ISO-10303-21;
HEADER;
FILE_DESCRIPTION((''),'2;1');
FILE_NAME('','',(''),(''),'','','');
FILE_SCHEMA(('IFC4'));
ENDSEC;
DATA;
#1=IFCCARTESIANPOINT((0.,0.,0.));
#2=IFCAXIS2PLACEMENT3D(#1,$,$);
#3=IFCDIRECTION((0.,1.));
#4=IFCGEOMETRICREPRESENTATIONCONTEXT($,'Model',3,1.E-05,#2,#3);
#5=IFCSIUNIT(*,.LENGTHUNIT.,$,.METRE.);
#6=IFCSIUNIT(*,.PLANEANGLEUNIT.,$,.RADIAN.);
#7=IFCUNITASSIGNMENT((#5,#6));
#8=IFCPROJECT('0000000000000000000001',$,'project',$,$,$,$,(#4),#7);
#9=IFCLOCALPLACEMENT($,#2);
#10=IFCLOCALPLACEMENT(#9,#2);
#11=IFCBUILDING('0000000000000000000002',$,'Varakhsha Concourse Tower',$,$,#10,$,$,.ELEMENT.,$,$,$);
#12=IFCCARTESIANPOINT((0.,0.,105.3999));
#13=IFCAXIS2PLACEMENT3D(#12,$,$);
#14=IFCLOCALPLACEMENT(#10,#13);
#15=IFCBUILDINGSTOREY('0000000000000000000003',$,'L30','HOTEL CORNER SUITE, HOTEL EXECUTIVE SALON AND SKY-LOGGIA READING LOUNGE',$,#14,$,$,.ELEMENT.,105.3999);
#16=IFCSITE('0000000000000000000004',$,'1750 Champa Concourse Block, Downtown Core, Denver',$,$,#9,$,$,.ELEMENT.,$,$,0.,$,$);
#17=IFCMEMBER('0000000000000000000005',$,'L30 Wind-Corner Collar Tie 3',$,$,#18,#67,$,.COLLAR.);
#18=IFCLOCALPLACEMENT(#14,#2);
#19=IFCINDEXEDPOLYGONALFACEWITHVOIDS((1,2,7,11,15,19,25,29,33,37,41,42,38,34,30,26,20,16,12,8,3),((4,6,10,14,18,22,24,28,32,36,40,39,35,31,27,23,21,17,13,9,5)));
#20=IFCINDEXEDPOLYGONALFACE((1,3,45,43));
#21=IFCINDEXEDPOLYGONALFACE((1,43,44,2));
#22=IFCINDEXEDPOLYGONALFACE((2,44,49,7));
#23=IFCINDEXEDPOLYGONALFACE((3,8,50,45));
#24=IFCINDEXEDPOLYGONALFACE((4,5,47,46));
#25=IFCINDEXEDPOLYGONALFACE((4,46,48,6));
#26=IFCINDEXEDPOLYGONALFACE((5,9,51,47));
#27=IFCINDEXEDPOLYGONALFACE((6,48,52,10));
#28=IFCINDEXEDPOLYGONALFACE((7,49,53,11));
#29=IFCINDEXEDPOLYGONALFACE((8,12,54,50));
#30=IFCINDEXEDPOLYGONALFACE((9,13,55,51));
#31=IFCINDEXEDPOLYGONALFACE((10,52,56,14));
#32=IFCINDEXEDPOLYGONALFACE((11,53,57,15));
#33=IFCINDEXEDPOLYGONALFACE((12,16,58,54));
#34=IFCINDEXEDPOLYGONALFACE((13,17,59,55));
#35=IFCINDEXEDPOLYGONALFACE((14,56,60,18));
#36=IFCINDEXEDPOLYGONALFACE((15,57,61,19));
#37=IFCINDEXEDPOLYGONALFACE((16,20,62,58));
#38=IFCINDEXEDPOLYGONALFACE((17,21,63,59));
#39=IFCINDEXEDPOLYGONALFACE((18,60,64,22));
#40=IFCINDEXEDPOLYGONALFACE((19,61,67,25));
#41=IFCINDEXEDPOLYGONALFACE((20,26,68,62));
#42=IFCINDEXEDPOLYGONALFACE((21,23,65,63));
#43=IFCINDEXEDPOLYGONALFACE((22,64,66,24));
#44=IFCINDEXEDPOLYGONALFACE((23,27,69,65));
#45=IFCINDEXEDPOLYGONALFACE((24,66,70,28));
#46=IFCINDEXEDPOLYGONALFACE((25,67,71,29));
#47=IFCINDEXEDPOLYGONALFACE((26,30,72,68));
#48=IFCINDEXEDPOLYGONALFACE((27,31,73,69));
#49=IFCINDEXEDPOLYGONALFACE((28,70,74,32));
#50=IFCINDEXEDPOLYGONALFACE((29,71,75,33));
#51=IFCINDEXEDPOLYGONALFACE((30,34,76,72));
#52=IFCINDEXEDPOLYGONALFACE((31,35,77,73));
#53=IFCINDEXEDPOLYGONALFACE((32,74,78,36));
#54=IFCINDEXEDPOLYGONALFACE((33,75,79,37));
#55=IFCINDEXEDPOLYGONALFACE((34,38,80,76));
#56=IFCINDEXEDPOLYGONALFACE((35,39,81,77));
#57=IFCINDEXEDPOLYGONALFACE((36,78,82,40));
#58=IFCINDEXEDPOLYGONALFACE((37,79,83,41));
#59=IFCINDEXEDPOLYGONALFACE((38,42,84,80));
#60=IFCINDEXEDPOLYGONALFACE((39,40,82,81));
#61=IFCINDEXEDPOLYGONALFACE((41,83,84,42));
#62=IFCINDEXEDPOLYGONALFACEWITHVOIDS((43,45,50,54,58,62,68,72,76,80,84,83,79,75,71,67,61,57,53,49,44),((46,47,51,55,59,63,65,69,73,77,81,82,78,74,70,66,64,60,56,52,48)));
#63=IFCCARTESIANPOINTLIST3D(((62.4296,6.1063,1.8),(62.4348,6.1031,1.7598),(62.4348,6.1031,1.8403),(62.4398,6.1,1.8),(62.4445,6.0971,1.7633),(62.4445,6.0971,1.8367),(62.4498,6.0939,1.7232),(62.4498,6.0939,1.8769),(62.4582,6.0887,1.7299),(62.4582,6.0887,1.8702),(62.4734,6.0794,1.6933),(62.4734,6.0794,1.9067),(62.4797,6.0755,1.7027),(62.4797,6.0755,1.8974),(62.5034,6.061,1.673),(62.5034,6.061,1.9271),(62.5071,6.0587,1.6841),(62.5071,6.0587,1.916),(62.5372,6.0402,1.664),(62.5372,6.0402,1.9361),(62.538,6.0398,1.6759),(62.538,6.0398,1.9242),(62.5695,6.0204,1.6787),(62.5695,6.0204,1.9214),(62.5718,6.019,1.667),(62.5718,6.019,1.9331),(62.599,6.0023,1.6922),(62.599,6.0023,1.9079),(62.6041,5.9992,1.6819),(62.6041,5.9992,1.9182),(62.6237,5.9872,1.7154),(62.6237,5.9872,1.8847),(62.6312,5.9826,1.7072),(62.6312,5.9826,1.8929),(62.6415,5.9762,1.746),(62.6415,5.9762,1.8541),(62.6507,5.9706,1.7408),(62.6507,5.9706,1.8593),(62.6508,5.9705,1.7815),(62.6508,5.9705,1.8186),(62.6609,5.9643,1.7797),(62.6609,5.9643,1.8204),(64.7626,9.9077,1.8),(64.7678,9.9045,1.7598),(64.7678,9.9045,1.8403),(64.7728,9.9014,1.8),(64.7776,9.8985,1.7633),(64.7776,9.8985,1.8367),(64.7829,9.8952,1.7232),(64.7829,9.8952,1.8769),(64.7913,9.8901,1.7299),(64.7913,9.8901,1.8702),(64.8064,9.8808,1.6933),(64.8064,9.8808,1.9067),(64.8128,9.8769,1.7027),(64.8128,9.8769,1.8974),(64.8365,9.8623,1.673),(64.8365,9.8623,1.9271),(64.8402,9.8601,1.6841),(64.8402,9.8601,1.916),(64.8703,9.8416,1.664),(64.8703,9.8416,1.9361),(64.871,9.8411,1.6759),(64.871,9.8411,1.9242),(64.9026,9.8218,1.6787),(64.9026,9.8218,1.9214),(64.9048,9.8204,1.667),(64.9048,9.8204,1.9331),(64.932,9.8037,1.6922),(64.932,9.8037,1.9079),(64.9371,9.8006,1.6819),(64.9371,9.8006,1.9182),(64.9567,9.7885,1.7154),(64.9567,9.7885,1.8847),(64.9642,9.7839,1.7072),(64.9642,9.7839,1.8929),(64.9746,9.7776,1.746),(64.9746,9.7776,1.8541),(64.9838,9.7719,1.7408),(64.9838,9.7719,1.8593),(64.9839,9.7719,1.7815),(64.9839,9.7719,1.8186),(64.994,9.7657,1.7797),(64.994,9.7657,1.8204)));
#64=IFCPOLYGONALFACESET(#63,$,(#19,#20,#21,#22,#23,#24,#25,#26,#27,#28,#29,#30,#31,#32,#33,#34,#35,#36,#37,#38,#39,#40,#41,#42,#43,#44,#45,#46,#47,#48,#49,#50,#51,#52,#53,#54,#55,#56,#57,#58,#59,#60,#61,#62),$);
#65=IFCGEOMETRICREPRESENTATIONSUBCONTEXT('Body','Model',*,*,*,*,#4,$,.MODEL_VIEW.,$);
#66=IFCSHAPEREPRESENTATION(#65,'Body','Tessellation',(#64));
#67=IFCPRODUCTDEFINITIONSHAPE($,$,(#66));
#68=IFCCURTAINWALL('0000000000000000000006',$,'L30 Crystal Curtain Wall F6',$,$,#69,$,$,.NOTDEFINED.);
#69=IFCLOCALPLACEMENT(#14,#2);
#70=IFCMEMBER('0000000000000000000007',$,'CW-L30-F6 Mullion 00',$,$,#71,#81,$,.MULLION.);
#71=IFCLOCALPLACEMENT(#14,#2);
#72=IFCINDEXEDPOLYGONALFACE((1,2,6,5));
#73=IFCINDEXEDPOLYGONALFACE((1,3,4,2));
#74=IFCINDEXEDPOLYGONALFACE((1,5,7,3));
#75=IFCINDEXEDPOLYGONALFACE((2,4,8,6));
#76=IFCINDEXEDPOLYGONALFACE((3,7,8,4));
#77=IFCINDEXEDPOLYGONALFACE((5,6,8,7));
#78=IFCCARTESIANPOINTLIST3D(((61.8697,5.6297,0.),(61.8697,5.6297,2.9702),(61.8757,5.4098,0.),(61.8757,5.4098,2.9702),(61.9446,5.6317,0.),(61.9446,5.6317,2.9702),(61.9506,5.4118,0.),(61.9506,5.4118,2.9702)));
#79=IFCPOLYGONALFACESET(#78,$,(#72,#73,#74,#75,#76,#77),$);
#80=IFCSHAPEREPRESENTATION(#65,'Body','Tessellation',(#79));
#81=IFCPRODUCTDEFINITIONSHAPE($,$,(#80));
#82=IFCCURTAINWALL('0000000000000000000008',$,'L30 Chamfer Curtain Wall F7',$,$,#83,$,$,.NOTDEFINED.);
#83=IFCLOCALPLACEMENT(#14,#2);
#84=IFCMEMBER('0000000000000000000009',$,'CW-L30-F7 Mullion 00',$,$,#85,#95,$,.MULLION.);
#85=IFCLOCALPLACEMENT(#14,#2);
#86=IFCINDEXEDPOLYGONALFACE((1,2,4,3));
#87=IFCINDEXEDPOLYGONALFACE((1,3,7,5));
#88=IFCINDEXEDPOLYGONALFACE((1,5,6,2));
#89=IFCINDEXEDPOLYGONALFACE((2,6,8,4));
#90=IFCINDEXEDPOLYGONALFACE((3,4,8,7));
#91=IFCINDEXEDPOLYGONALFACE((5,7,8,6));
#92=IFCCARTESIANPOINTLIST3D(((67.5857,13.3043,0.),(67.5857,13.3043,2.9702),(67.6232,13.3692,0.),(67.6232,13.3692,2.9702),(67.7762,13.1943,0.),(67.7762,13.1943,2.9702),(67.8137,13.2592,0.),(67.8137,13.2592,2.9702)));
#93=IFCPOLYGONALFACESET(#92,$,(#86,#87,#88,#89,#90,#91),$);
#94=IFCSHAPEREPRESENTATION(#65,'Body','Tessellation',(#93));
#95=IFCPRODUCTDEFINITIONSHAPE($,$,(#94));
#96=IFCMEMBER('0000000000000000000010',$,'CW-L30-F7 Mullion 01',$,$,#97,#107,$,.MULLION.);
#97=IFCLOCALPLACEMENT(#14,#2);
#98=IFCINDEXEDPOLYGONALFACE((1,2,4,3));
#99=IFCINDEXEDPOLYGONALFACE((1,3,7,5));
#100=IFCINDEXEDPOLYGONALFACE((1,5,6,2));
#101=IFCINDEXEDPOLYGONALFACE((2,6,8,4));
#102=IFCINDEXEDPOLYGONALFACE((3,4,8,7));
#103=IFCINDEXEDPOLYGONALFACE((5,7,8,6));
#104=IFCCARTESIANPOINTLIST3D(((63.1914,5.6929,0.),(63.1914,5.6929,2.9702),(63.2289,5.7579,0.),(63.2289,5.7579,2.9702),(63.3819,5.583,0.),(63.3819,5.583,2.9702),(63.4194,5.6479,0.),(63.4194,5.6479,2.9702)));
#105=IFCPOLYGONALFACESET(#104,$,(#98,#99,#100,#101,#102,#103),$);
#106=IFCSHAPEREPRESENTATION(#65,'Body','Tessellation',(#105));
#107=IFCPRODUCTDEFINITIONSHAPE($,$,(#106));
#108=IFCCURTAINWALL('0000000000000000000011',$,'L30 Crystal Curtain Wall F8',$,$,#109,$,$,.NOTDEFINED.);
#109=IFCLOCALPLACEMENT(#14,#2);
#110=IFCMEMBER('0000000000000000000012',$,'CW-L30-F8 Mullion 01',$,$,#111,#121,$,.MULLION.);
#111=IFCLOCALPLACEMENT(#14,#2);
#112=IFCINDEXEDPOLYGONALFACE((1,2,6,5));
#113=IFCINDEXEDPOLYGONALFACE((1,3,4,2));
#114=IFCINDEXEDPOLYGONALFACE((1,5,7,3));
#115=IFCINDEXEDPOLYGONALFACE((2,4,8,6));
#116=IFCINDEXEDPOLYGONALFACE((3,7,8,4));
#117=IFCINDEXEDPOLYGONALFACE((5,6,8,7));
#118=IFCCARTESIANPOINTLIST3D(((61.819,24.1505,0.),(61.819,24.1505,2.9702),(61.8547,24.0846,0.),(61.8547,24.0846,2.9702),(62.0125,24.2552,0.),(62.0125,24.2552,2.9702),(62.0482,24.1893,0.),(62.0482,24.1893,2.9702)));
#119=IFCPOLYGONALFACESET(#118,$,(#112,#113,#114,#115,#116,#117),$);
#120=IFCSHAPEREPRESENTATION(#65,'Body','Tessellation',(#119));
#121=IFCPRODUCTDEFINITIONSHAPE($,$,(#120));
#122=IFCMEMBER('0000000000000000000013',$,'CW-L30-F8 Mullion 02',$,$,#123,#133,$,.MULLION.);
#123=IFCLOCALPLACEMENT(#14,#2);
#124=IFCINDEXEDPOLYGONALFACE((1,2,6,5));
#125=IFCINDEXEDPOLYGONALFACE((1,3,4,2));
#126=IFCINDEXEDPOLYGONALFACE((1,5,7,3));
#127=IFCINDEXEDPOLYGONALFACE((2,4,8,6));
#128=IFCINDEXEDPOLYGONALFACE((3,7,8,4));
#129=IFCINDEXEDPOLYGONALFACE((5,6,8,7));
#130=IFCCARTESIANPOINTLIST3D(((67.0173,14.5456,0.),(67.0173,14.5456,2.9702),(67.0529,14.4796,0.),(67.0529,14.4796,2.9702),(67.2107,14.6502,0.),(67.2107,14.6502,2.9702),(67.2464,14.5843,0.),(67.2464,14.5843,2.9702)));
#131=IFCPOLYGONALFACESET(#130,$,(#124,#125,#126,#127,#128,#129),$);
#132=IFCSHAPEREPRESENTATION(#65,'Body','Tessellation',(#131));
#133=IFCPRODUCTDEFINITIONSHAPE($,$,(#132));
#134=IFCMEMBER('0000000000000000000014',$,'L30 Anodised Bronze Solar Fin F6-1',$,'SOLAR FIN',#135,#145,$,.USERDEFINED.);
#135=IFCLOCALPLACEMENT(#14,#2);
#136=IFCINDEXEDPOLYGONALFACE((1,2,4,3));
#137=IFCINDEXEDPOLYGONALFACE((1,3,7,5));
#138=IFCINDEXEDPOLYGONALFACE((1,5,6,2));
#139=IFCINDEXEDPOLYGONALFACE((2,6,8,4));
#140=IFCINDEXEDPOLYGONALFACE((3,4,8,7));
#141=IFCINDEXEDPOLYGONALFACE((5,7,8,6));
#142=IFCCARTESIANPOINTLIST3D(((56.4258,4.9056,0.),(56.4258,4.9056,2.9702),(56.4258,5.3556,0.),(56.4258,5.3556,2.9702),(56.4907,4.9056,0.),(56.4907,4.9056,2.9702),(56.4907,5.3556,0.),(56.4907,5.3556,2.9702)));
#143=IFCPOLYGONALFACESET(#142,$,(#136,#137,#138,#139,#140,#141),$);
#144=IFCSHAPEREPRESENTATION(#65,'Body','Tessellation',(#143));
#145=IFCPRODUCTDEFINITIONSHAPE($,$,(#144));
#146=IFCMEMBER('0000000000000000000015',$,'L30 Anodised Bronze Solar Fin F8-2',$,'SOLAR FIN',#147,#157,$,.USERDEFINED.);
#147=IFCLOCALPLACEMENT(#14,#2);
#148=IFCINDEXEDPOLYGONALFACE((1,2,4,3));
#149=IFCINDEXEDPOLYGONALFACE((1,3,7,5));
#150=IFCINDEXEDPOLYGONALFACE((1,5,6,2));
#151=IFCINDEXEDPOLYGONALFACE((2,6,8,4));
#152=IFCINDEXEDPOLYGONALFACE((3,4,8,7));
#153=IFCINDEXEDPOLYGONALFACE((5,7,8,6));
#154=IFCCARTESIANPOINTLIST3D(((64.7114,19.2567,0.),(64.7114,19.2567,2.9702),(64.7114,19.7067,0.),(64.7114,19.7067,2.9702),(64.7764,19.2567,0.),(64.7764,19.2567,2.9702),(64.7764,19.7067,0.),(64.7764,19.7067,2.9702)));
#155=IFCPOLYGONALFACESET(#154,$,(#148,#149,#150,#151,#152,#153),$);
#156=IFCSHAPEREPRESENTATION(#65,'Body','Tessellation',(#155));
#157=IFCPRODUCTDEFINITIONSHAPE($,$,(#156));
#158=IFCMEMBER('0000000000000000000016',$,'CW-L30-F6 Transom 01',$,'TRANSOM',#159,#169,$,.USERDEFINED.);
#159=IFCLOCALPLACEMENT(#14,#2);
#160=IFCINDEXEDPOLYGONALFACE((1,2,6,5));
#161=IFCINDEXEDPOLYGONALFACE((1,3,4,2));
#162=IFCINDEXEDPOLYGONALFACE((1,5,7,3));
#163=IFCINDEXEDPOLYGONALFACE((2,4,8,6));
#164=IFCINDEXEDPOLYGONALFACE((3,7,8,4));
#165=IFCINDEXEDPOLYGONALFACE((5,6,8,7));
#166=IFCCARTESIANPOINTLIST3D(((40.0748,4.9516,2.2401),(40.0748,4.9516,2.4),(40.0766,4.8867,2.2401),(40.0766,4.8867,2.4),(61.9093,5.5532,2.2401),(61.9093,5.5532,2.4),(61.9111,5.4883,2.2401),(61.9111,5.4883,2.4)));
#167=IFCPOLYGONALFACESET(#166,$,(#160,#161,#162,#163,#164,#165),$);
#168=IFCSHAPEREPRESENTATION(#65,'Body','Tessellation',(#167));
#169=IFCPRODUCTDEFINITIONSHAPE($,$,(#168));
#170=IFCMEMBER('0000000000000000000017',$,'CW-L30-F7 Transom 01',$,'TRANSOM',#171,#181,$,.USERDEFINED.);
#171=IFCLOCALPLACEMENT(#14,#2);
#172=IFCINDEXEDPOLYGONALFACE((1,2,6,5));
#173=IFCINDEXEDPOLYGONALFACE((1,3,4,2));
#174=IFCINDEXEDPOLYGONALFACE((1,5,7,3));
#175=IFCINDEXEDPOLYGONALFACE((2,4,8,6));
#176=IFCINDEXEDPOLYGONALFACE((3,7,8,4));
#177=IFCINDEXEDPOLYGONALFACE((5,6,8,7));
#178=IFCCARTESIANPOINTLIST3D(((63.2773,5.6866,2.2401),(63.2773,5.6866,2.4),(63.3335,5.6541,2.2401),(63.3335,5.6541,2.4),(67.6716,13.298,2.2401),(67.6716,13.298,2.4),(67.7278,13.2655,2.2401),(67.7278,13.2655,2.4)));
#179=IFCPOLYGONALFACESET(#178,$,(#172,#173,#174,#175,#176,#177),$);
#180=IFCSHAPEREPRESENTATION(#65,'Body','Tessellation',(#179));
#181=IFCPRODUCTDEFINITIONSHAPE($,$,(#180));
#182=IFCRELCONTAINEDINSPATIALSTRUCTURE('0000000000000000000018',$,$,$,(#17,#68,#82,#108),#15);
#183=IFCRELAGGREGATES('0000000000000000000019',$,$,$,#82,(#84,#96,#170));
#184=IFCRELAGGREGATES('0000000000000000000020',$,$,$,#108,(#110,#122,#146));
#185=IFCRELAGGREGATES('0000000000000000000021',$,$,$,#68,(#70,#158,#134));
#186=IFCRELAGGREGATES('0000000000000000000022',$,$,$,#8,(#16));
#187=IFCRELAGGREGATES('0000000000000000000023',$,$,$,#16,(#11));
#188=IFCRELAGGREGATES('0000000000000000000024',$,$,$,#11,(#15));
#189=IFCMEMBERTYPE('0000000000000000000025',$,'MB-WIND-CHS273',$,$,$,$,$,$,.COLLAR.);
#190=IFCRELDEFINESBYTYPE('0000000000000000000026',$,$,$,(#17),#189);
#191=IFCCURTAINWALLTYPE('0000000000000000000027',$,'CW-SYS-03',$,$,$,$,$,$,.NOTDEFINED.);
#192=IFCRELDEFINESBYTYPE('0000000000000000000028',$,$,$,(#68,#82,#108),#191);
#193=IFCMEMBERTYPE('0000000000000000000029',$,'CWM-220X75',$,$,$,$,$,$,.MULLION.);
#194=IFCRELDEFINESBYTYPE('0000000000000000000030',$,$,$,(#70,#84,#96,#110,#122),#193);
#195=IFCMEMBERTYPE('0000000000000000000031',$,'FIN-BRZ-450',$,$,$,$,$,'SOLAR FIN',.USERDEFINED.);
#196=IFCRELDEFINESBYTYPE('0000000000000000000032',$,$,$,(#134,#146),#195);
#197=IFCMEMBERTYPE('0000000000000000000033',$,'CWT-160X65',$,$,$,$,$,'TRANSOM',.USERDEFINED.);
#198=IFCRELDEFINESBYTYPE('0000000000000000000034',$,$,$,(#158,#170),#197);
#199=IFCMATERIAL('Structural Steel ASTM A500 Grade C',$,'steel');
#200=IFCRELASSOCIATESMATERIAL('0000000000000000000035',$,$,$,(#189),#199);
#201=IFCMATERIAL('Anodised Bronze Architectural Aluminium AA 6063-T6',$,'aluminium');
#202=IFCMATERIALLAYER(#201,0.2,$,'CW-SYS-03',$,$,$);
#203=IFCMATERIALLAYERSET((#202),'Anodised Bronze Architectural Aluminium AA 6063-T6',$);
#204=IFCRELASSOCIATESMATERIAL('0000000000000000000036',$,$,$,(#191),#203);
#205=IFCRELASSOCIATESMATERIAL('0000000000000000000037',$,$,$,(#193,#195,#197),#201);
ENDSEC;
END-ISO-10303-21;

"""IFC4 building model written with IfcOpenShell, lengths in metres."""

from ifc_helpers import new_model, si_unit, direction, frame, origin, origin_2d, place, context, subcontext, project, spatial, rectangle, hollow_circle, extrude, source, transform, mapped, material, layer, layer_set, material_profile, profile_set, type_object, type_shapes, element, aggregate, save


model = new_model("IFC4")

# Units and contexts
model_context = context("Model", 3, precision=1e-05, world=origin(), true_north=direction((0.0, 1.0)))
body_context = subcontext(model_context, "Body", "Model", "MODEL_VIEW")
ifc_project = project(units=[si_unit("LENGTHUNIT", "METRE"), si_unit("PLANEANGLEUNIT", "RADIAN")], contexts=[model_context])

# Site, building, storey
site_placement = place(None, origin())
site = spatial("IfcSite", under=ifc_project, at=site_placement, Name="1750 Champa Concourse Block, Downtown Core, Denver", CompositionType="ELEMENT", RefElevation=0.0)
building_placement = place(site_placement, origin())
building = spatial("IfcBuilding", under=site, at=building_placement, Name="Varakhsha Concourse Tower", CompositionType="ELEMENT")
storey_placement = place(building_placement, frame((0.0, 0.0, 105.3999)))
storey = spatial("IfcBuildingStorey", under=building, at=storey_placement, Name="L30", Description="HOTEL CORNER SUITE, HOTEL EXECUTIVE SALON AND SKY-LOGGIA READING LOUNGE", CompositionType="ELEMENT", Elevation=105.3999)

# Member
ifc_material_1 = material(Name="Structural Steel ASTM A500 Grade C", Category="steel")
ifc_material_profile_1 = material_profile(ifc_material_1, hollow_circle(Radius=0.1365, WallThickness=0.012, at=origin_2d()), Name="CHS 273x12")
ifc_profile_set_1 = profile_set([ifc_material_profile_1], Name="Structural Steel ASTM A500 Grade C")
member_type_1 = type_object("IfcMemberType", Name="MB-WIND-CHS273", PredefinedType="COLLAR", material=ifc_profile_set_1)
shared_shape_1 = source(origin(), body_context, "Body", "SweptSolid", [
    extrude(hollow_circle(Radius=0.1365, WallThickness=0.012, at=origin_2d()), origin(), (0.0, 0.0, 1.0), 4.4602),
])
type_shapes(member_type_1, [shared_shape_1])
member_1_placement = place(storey_placement, frame((62.5459, 6.0349, 1.8), z_axis=(0.523083, 0.852282, 0.0), x_axis=(-0.852282, 0.523083, 0.0)))
element("IfcMember", 1, at=member_1_placement, inside=storey, type_object=member_type_1, Name="L30 Wind-Corner Collar Tie 3", PredefinedType="COLLAR", context=body_context, shape_type="MappedRepresentation", body=[
    mapped(shared_shape_1, transform((0.0, 0.0, 0.0), scale=1.0)),
])

# Curtain wall, member
ifc_material_2 = material(Name="Anodised Bronze Architectural Aluminium AA 6063-T6", Category="aluminium")
ifc_layer_1 = layer(ifc_material_2, 0.2, Name="CW-SYS-03")
ifc_layer_set_1 = layer_set([ifc_layer_1], Name="Anodised Bronze Architectural Aluminium AA 6063-T6")
curtain_wall_type = type_object("IfcCurtainWallType", Name="CW-SYS-03", PredefinedType="NOTDEFINED", material=ifc_layer_set_1)
curtain_wall_1_placement = place(storey_placement, origin())
curtain_wall_1 = element("IfcCurtainWall", 2, at=curtain_wall_1_placement, inside=storey, type_object=curtain_wall_type, Name="L30 Crystal Curtain Wall F6", PredefinedType="NOTDEFINED")
ifc_material_profile_2 = material_profile(ifc_material_2, rectangle(XDim=0.075, YDim=0.22, at=origin_2d()), Name="CWM-220X75")
ifc_profile_set_2 = profile_set([ifc_material_profile_2], Name="Anodised Bronze Architectural Aluminium AA 6063-T6")
member_type_2 = type_object("IfcMemberType", Name="CWM-220X75", PredefinedType="MULLION", material=ifc_profile_set_2)
shared_shape_2 = source(origin(), body_context, "Body", "SweptSolid", [
    extrude(rectangle(XDim=0.075, YDim=0.22, at=origin_2d()), origin(), (0.0, 0.0, 1.0), 2.9702),
])
type_shapes(member_type_2, [shared_shape_2])
member_2_placement = place(storey_placement, frame((61.9102, 5.5208, 0.0), z_axis=(0.0, 0.0, 1.0), x_axis=(-0.999621, -0.027547, 0.0)))
member_2 = element("IfcMember", 3, at=member_2_placement, type_object=member_type_2, Name="CW-L30-F6 Mullion 00", PredefinedType="MULLION", context=body_context, shape_type="MappedRepresentation", body=[
    mapped(shared_shape_2, transform((0.0, 0.0, 0.0), scale=1.0)),
])

# Curtain walls, members
curtain_wall_2_placement = place(storey_placement, origin())
curtain_wall_2 = element("IfcCurtainWall", 4, at=curtain_wall_2_placement, inside=storey, type_object=curtain_wall_type, Name="L30 Chamfer Curtain Wall F7", PredefinedType="NOTDEFINED")
member_3_placement = place(storey_placement, frame((67.6997, 13.2817, 0.0), z_axis=(0.0, 0.0, 1.0), x_axis=(-0.499997, -0.866027, 0.0)))
member_3 = element("IfcMember", 5, at=member_3_placement, type_object=member_type_2, Name="CW-L30-F7 Mullion 00", PredefinedType="MULLION", context=body_context, shape_type="MappedRepresentation", body=[
    mapped(shared_shape_2, transform((0.0, 0.0, 0.0), scale=1.0)),
])
member_4_placement = place(storey_placement, frame((63.3054, 5.6704, 0.0), z_axis=(0.0, 0.0, 1.0), x_axis=(-0.499997, -0.866027, 0.0)))
member_4 = element("IfcMember", 6, at=member_4_placement, type_object=member_type_2, Name="CW-L30-F7 Mullion 01", PredefinedType="MULLION", context=body_context, shape_type="MappedRepresentation", body=[
    mapped(shared_shape_2, transform((0.0, 0.0, 0.0), scale=1.0)),
])
curtain_wall_3_placement = place(storey_placement, origin())
curtain_wall_3 = element("IfcCurtainWall", 7, at=curtain_wall_3_placement, inside=storey, type_object=curtain_wall_type, Name="L30 Crystal Curtain Wall F8", PredefinedType="NOTDEFINED")
member_5_placement = place(storey_placement, frame((61.9336, 24.1699, 0.0), z_axis=(0.0, 0.0, 1.0), x_axis=(0.475959, -0.879468, 0.0)))
member_5 = element("IfcMember", 8, at=member_5_placement, type_object=member_type_2, Name="CW-L30-F8 Mullion 01", PredefinedType="MULLION", context=body_context, shape_type="MappedRepresentation", body=[
    mapped(shared_shape_2, transform((0.0, 0.0, 0.0), scale=1.0)),
])
member_6_placement = place(storey_placement, frame((67.1318, 14.5649, 0.0), z_axis=(0.0, 0.0, 1.0), x_axis=(0.475959, -0.879468, 0.0)))
member_6 = element("IfcMember", 9, at=member_6_placement, type_object=member_type_2, Name="CW-L30-F8 Mullion 02", PredefinedType="MULLION", context=body_context, shape_type="MappedRepresentation", body=[
    mapped(shared_shape_2, transform((0.0, 0.0, 0.0), scale=1.0)),
])

# Members
ifc_material_profile_3 = material_profile(ifc_material_2, rectangle(XDim=0.0649, YDim=0.45, at=origin_2d()), Name="FIN-BRZ-450")
ifc_profile_set_3 = profile_set([ifc_material_profile_3], Name="Anodised Bronze Architectural Aluminium AA 6063-T6")
member_type_3 = type_object("IfcMemberType", Name="FIN-BRZ-450", ElementType="SOLAR FIN", PredefinedType="USERDEFINED", material=ifc_profile_set_3)
shared_shape_3 = source(origin(), body_context, "Body", "SweptSolid", [
    extrude(rectangle(XDim=0.0649, YDim=0.45, at=origin_2d()), origin(), (0.0, 0.0, 1.0), 2.9702),
])
type_shapes(member_type_3, [shared_shape_3])
member_7_placement = place(storey_placement, frame((56.4583, 5.1306, 0.0), z_axis=(0.0, 0.0, 1.0), x_axis=(1.0, 0.0, 0.0)))
member_7 = element("IfcMember", 10, at=member_7_placement, type_object=member_type_3, Name="L30 Anodised Bronze Solar Fin F6-1", ObjectType="SOLAR FIN", PredefinedType="USERDEFINED", context=body_context, shape_type="MappedRepresentation", body=[
    mapped(shared_shape_3, transform((0.0, 0.0, 0.0), scale=1.0)),
])
member_8_placement = place(storey_placement, frame((64.7439, 19.4817, 0.0), z_axis=(0.0, 0.0, 1.0), x_axis=(1.0, 0.0, 0.0)))
member_8 = element("IfcMember", 11, at=member_8_placement, type_object=member_type_3, Name="L30 Anodised Bronze Solar Fin F8-2", ObjectType="SOLAR FIN", PredefinedType="USERDEFINED", context=body_context, shape_type="MappedRepresentation", body=[
    mapped(shared_shape_3, transform((0.0, 0.0, 0.0), scale=1.0)),
])
ifc_material_profile_4 = material_profile(ifc_material_2, rectangle(XDim=0.0649, YDim=0.1599, at=origin_2d()), Name="CWT-160X65")
ifc_profile_set_4 = profile_set([ifc_material_profile_4], Name="Anodised Bronze Architectural Aluminium AA 6063-T6")
member_type_4 = type_object("IfcMemberType", Name="CWT-160X65", ElementType="TRANSOM", PredefinedType="USERDEFINED", material=ifc_profile_set_4)
shared_shape_4 = source(origin(), body_context, "Body", "SweptSolid", [
    extrude(rectangle(XDim=0.0649, YDim=0.1599, at=origin_2d()), origin(), (0.0, 0.0, 1.0), 21.8428),
])
member_9_placement = place(storey_placement, frame((61.9102, 5.5208, 2.3201), z_axis=(-0.999621, -0.027541, 0.0), x_axis=(0.027541, -0.999621, 0.0)))
member_9 = element("IfcMember", 12, at=member_9_placement, type_object=member_type_4, Name="CW-L30-F6 Transom 01", ObjectType="TRANSOM", PredefinedType="USERDEFINED", context=body_context, shape_type="MappedRepresentation", body=[
    mapped(shared_shape_4, transform((0.0, 0.0, 0.0), scale=1.0)),
])
shared_shape_5 = source(origin(), body_context, "Body", "SweptSolid", [
    extrude(rectangle(XDim=0.0649, YDim=0.1599, at=origin_2d()), origin(), (0.0, 0.0, 1.0), 8.7888),
])
type_shapes(member_type_4, [shared_shape_4, shared_shape_5])
member_10_placement = place(storey_placement, frame((67.6997, 13.2817, 2.3201), z_axis=(-0.49999, -0.866031, 0.0), x_axis=(0.866031, -0.49999, 0.0)))
member_10 = element("IfcMember", 13, at=member_10_placement, type_object=member_type_4, Name="CW-L30-F7 Transom 01", ObjectType="TRANSOM", PredefinedType="USERDEFINED", context=body_context, shape_type="MappedRepresentation", body=[
    mapped(shared_shape_5, transform((0.0, 0.0, 0.0), scale=1.0)),
])

aggregate(curtain_wall_2, [member_3, member_4, member_10])
aggregate(curtain_wall_3, [member_5, member_6, member_8])
aggregate(curtain_wall_1, [member_2, member_9, member_7])

save(model, "model.ifc")
